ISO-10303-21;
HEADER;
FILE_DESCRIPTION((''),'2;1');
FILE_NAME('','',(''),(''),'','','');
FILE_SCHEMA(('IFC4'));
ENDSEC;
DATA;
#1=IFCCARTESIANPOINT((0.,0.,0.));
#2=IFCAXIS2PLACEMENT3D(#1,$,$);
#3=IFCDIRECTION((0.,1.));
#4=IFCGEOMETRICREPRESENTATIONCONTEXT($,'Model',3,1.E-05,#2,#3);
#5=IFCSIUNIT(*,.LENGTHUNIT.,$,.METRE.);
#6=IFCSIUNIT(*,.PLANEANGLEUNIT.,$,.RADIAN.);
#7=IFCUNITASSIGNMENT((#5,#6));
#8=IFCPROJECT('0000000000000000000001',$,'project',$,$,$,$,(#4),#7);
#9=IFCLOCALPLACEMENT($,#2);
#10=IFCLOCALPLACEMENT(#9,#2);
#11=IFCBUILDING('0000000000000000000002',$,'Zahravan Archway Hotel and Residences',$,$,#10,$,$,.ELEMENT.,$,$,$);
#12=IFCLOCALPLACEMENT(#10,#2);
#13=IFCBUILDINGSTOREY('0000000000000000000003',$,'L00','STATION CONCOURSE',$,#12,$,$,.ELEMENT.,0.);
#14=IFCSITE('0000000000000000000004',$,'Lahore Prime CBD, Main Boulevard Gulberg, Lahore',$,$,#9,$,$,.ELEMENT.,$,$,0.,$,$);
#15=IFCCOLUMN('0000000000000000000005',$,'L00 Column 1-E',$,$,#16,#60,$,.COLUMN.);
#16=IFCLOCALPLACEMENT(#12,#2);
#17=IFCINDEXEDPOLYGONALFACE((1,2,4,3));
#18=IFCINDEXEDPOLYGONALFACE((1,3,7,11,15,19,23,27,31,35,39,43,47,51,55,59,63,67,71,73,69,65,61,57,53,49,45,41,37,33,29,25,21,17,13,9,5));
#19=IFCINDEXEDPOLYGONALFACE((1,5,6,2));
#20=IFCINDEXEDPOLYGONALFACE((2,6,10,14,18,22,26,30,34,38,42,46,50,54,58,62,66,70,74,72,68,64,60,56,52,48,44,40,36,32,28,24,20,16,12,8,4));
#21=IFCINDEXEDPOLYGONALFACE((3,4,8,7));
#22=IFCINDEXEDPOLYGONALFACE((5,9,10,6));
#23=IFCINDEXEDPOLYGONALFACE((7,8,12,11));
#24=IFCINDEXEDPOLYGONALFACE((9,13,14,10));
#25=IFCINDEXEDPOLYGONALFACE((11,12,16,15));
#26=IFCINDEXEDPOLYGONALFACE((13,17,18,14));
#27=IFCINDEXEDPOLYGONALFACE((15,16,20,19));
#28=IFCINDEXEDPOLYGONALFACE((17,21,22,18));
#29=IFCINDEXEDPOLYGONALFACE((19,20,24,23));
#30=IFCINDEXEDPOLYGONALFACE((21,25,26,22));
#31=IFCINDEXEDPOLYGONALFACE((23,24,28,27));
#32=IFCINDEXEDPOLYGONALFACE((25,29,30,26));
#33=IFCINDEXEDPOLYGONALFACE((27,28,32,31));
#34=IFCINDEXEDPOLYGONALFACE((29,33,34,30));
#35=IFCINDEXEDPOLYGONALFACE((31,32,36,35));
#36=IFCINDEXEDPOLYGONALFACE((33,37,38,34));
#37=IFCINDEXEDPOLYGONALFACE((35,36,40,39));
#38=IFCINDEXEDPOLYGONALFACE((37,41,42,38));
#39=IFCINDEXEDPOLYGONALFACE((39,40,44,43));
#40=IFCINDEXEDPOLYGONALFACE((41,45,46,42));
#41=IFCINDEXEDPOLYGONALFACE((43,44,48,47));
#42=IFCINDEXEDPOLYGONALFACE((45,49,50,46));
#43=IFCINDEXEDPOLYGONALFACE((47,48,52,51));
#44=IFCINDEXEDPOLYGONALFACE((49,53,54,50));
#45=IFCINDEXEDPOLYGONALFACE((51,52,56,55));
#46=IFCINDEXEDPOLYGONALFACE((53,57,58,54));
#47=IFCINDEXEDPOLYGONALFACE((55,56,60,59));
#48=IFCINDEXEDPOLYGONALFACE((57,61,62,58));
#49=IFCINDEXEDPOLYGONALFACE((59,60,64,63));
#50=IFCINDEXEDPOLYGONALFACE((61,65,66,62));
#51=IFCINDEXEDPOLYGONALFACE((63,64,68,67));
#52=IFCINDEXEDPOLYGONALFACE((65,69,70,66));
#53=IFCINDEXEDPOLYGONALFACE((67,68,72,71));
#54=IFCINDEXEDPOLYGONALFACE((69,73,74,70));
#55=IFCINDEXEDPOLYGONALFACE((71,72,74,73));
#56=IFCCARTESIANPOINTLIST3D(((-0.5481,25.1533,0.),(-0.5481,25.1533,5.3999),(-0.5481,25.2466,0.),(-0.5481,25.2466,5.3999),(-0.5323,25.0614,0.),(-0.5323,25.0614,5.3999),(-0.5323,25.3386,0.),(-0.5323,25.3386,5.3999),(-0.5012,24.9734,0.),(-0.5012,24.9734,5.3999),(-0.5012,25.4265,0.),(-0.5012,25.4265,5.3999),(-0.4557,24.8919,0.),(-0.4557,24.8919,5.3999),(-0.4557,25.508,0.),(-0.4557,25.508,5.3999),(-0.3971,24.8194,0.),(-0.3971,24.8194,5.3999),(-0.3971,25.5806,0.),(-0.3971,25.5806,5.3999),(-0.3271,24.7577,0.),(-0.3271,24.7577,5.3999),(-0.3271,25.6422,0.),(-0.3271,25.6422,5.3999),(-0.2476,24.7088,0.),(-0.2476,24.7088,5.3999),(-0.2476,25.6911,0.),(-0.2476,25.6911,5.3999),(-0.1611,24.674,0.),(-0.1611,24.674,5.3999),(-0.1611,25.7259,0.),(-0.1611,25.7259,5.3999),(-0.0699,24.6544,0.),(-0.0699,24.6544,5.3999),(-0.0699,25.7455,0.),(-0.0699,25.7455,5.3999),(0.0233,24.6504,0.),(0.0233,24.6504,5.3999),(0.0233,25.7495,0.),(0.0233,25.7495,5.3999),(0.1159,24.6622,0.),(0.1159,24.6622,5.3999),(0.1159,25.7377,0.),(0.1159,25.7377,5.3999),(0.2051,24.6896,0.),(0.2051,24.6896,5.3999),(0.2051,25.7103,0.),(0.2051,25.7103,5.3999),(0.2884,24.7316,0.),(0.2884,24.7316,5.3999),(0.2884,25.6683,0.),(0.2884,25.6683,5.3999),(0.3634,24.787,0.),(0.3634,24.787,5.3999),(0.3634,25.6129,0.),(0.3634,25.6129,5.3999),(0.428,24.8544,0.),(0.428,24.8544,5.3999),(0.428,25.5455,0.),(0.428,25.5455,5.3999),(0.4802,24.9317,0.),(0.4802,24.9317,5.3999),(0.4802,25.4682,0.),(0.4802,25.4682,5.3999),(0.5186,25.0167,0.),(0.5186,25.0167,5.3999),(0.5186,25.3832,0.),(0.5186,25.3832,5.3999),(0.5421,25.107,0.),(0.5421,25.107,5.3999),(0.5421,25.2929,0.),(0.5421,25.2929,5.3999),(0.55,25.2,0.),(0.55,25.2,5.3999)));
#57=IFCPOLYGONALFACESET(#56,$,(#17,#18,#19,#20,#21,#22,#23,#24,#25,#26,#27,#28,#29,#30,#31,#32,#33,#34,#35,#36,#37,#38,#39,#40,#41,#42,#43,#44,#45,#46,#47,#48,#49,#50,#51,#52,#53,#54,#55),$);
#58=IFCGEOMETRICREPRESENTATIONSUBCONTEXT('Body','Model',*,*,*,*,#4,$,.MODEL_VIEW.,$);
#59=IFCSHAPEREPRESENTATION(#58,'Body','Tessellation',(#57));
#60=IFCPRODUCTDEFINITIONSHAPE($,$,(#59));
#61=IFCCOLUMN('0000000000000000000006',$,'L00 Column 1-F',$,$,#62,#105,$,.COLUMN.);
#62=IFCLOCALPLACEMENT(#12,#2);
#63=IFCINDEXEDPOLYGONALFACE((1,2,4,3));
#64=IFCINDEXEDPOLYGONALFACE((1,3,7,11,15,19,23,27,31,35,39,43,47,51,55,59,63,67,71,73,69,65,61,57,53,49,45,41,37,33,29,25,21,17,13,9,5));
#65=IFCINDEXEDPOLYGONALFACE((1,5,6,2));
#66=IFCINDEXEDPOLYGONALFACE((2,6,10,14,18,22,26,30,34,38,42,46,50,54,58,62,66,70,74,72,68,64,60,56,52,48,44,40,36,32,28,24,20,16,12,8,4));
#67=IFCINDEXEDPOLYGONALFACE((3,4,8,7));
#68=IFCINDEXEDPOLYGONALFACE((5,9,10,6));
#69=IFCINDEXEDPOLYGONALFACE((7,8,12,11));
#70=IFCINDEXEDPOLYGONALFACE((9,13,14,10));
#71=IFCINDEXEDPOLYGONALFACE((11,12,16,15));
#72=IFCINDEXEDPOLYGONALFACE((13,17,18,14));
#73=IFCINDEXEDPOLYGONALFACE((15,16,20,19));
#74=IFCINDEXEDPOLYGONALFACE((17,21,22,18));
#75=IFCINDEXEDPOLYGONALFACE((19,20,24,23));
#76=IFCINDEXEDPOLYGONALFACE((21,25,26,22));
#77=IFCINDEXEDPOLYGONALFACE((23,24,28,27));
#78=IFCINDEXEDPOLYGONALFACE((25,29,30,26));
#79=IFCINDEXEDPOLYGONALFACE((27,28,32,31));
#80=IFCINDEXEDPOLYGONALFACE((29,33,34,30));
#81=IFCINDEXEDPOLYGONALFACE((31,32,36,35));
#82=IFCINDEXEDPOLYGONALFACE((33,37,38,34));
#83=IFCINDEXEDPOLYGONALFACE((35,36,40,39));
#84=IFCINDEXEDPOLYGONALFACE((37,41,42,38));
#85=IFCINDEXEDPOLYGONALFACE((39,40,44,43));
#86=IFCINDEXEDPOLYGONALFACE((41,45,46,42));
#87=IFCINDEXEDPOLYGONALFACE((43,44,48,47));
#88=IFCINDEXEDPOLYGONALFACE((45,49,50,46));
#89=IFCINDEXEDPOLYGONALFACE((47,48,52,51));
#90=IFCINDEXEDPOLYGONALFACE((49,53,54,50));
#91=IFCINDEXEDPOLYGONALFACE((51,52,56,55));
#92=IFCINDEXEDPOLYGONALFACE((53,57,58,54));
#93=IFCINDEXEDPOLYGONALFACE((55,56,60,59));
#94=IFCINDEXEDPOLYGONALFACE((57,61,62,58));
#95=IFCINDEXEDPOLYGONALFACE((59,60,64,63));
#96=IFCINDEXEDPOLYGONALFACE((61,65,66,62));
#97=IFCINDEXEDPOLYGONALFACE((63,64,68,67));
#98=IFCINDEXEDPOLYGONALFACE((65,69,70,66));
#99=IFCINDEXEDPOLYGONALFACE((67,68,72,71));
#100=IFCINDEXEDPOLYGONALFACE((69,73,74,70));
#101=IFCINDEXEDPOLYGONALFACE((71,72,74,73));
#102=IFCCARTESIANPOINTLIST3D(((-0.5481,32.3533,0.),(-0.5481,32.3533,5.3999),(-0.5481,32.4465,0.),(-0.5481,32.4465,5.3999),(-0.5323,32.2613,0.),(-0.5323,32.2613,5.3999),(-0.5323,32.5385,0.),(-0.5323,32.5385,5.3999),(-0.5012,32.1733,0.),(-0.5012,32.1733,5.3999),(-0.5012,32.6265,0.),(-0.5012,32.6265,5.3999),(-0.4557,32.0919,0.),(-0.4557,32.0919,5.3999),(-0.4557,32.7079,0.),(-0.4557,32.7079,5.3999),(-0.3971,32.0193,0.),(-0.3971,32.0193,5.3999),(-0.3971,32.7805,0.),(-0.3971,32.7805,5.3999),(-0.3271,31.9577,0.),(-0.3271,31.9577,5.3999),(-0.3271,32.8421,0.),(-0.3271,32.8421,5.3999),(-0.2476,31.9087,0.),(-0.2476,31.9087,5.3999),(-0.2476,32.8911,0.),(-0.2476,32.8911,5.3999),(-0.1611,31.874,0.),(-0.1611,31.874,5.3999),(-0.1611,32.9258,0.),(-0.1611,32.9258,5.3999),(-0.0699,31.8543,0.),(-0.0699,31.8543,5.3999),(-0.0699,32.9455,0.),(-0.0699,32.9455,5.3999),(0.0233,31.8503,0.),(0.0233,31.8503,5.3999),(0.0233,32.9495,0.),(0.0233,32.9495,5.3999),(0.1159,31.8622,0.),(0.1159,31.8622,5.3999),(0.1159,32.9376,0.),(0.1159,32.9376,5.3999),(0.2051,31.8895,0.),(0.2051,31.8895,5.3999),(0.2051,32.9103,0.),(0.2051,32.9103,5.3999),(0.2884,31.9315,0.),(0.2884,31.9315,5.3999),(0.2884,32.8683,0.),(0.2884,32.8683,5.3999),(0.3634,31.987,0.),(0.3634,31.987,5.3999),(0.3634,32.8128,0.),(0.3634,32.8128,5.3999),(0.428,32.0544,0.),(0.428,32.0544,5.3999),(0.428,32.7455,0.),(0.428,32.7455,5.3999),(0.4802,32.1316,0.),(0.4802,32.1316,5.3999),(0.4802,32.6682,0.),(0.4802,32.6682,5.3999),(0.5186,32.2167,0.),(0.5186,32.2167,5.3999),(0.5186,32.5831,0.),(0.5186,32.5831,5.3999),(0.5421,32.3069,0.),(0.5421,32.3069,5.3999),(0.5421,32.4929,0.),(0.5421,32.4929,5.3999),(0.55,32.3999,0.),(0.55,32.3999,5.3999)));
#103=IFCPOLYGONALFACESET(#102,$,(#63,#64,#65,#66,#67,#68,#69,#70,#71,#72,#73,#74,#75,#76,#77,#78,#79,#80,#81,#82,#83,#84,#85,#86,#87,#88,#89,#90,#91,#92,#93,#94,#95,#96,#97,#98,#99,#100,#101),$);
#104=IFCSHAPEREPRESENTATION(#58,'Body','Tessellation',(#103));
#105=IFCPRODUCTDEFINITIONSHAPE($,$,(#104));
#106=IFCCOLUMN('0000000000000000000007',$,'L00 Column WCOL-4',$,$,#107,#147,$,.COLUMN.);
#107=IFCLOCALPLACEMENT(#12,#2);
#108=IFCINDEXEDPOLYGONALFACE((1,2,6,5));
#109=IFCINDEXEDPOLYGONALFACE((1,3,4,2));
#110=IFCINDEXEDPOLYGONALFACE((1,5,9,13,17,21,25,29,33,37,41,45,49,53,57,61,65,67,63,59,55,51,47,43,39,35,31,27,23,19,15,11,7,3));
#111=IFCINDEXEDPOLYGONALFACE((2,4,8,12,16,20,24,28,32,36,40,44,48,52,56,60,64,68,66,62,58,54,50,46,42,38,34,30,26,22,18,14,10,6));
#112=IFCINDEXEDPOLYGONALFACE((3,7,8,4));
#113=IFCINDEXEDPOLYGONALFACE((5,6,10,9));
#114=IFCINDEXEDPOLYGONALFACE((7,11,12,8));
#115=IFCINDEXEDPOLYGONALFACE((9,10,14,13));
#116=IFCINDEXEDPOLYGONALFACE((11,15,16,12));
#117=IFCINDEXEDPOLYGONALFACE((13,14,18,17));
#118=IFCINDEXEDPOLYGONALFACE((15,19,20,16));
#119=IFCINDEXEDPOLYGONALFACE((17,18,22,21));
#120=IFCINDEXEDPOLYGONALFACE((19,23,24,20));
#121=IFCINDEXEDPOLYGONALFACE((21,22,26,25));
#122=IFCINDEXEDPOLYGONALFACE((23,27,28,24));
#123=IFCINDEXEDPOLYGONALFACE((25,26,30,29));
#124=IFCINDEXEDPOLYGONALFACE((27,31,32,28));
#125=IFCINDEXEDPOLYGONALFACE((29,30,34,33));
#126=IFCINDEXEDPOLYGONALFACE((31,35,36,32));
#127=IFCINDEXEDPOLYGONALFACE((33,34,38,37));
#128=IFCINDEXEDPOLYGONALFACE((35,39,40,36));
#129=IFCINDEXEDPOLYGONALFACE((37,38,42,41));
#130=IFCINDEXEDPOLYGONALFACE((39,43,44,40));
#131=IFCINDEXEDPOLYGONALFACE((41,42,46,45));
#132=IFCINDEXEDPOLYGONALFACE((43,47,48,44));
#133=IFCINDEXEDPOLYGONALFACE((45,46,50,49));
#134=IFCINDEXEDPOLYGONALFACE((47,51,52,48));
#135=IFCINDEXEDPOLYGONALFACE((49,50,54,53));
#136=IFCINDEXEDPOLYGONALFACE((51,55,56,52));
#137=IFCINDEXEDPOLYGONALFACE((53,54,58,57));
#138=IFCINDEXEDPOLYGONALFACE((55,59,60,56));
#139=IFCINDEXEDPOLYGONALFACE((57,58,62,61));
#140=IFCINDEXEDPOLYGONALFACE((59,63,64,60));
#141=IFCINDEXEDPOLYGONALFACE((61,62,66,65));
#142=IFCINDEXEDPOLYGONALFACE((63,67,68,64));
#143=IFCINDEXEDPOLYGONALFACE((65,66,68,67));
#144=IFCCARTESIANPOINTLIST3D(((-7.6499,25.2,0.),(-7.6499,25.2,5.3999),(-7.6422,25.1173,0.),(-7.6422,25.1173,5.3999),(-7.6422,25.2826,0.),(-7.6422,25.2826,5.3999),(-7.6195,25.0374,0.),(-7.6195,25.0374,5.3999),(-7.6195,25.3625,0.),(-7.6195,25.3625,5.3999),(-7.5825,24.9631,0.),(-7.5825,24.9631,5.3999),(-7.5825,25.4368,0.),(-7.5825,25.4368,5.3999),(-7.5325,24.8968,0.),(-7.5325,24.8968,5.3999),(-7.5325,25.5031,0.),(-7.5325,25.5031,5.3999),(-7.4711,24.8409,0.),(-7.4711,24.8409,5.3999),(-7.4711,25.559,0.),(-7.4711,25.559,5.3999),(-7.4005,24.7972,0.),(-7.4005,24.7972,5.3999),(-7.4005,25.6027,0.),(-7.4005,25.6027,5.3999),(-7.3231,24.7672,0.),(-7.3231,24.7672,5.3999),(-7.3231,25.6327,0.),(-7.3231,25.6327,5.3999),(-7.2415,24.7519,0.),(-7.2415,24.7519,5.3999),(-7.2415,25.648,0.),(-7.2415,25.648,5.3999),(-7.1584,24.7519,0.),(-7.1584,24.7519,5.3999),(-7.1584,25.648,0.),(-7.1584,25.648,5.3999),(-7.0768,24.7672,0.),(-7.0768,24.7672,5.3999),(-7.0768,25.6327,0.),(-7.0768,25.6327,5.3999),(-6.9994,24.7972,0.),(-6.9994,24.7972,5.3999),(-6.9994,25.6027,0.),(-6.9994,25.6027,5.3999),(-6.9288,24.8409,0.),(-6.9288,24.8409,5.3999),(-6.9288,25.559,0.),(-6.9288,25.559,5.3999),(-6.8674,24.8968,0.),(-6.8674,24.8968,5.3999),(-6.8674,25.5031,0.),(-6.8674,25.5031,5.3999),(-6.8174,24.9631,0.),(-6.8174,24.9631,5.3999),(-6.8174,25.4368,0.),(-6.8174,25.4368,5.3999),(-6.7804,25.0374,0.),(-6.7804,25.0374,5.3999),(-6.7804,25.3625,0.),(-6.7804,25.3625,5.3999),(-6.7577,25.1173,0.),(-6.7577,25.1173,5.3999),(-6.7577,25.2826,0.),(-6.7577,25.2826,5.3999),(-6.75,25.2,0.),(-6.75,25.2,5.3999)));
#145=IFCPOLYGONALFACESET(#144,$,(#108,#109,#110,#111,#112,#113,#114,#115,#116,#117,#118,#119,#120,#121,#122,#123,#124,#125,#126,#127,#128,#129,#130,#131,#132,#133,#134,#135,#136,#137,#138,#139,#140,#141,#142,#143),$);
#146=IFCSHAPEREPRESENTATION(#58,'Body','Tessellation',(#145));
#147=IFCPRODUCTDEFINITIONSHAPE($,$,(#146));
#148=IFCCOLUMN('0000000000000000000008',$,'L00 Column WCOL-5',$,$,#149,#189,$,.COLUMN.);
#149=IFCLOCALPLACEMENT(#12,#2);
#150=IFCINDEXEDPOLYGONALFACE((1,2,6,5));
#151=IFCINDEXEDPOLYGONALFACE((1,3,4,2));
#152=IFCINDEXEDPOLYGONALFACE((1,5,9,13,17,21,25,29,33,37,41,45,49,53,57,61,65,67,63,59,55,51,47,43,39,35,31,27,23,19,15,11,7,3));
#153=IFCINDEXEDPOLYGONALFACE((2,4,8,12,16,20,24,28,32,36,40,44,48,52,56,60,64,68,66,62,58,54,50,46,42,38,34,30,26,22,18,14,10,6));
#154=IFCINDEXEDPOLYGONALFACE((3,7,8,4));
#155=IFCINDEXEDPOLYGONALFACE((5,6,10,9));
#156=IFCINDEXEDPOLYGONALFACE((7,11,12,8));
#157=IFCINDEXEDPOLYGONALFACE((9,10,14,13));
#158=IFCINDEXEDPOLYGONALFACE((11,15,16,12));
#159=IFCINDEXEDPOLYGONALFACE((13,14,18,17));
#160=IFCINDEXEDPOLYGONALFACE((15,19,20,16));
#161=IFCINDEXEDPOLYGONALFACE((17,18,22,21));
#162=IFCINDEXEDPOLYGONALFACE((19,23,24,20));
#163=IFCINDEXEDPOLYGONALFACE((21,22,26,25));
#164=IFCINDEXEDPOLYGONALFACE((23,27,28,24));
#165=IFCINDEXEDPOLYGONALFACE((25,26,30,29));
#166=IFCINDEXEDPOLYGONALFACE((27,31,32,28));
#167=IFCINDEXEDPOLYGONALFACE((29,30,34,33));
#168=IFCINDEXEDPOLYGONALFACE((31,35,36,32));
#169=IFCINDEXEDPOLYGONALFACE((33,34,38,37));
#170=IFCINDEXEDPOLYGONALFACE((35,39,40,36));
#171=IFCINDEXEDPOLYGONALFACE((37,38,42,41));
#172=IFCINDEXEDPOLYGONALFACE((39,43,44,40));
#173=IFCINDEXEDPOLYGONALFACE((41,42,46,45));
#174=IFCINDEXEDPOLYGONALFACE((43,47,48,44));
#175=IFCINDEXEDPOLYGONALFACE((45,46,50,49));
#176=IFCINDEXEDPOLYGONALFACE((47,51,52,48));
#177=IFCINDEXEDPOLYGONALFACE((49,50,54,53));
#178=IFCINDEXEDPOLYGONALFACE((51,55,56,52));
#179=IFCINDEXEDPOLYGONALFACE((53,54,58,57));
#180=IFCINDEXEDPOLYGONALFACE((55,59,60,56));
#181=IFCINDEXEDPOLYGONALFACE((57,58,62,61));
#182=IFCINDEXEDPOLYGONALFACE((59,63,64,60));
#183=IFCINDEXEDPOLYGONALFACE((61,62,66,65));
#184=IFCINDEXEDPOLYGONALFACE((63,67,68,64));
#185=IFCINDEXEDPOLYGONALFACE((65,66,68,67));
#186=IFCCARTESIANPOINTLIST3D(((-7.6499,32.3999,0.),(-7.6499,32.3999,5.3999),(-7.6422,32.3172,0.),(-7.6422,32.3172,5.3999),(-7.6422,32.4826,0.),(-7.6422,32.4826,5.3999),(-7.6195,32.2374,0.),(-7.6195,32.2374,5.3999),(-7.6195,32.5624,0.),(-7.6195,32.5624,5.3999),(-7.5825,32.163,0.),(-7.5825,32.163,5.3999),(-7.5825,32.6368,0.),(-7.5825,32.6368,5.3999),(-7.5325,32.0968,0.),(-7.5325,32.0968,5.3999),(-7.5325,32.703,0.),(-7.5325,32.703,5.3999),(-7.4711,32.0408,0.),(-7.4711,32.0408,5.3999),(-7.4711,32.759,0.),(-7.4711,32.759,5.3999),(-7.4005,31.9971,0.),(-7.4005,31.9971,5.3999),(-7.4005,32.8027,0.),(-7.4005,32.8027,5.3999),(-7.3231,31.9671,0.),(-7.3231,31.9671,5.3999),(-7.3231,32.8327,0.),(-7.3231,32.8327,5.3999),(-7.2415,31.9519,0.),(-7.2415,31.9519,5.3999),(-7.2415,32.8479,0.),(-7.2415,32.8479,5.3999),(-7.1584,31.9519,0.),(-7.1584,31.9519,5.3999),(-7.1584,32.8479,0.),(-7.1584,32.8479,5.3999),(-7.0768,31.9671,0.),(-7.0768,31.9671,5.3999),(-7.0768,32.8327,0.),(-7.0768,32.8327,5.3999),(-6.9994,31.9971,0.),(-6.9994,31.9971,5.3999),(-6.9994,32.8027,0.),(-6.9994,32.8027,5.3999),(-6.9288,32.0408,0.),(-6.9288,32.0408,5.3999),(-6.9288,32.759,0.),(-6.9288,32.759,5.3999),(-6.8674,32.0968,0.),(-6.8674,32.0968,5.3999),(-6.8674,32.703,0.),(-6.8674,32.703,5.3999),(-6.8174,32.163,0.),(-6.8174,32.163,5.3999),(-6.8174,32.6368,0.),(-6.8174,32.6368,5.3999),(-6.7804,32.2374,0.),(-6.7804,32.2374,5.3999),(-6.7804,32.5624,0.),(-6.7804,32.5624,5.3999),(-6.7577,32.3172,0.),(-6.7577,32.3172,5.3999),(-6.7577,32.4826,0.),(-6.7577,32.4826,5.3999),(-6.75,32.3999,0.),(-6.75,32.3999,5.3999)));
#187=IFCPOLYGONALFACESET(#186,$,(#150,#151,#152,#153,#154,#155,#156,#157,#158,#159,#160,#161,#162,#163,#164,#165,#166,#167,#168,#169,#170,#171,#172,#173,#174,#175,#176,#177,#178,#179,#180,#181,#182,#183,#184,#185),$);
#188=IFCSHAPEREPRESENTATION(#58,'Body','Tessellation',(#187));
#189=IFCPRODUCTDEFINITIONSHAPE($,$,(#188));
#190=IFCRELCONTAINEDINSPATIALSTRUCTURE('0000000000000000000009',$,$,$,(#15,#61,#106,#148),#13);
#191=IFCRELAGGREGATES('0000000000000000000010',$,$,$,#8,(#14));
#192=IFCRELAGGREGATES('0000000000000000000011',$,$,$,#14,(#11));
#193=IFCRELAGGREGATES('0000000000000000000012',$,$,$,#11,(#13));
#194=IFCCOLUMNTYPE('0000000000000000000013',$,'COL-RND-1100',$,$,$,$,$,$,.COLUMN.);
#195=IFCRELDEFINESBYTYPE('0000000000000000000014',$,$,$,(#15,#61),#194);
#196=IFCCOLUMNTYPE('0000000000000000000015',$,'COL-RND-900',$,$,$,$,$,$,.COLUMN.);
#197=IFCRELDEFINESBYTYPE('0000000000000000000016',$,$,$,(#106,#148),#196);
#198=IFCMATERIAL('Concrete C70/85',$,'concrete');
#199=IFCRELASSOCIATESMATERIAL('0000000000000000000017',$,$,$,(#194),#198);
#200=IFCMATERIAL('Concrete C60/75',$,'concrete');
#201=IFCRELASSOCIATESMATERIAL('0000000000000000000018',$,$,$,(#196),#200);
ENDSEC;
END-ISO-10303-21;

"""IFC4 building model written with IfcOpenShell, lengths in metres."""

from ifc_helpers import new_model, si_unit, direction, frame, origin, origin_2d, place, context, subcontext, project, spatial, circle, extrude, source, transform, mapped, material, material_profile, profile_set, type_object, type_shapes, element, save


model = new_model("IFC4")

# Units and contexts
model_context = context("Model", 3, precision=1e-05, world=origin(), true_north=direction((0.0, 1.0)))
body_context = subcontext(model_context, "Body", "Model", "MODEL_VIEW")
ifc_project = project(units=[si_unit("LENGTHUNIT", "METRE"), si_unit("PLANEANGLEUNIT", "RADIAN")], contexts=[model_context])

# Site, building, storey
site_placement = place(None, origin())
site = spatial("IfcSite", under=ifc_project, at=site_placement, Name="Lahore Prime CBD, Main Boulevard Gulberg, Lahore", CompositionType="ELEMENT", RefElevation=0.0)
building_placement = place(site_placement, origin())
building = spatial("IfcBuilding", under=site, at=building_placement, Name="Zahravan Archway Hotel and Residences", CompositionType="ELEMENT")
storey_placement = place(building_placement, origin())
storey = spatial("IfcBuildingStorey", under=building, at=storey_placement, Name="L00", Description="STATION CONCOURSE", CompositionType="ELEMENT", Elevation=0.0)

# Columns
ifc_material_1 = material(Name="Concrete C70/85", Category="concrete")
ifc_material_profile_1 = material_profile(ifc_material_1, circle(Radius=0.55, at=origin_2d()), Name="RC-CIRC-1100", Category="concrete")
ifc_profile_set_1 = profile_set([ifc_material_profile_1], Name="Concrete C70/85")
column_type_1 = type_object("IfcColumnType", Name="COL-RND-1100", PredefinedType="COLUMN", material=ifc_profile_set_1)
shared_shape_1 = source(origin(), body_context, "Body", "SweptSolid", [
    extrude(circle(Radius=0.55, at=origin_2d()), origin(), (0.0, 0.0, 1.0), 5.3999),
])
type_shapes(column_type_1, [shared_shape_1])
for number, where, z_axis, x_axis, name in (
    (1, (0.0, 25.2, 0.0), (0.0, 0.0, 1.0), (1.0, 0.0, 0.0), "L00 Column 1-E"),
    (2, (0.0, 32.3999, 0.0), (0.0, 0.0, 1.0), (1.0, 0.0, 0.0), "L00 Column 1-F"),
):
    element("IfcColumn", number, at=place(storey_placement, frame(where, z_axis=z_axis, x_axis=x_axis)), inside=storey, type_object=column_type_1, Name=name, PredefinedType="COLUMN", context=body_context, shape_type="MappedRepresentation", body=[
        mapped(shared_shape_1, transform((0.0, 0.0, 0.0), scale=1.0)),
    ])
ifc_material_2 = material(Name="Concrete C60/75", Category="concrete")
ifc_material_profile_2 = material_profile(ifc_material_2, circle(Radius=0.45, at=origin_2d()), Name="RC-CIRC-900", Category="concrete")
ifc_profile_set_2 = profile_set([ifc_material_profile_2], Name="Concrete C60/75")
column_type_2 = type_object("IfcColumnType", Name="COL-RND-900", PredefinedType="COLUMN", material=ifc_profile_set_2)
shared_shape_2 = source(origin(), body_context, "Body", "SweptSolid", [
    extrude(circle(Radius=0.45, at=origin_2d()), origin(), (0.0, 0.0, 1.0), 5.3999),
])
type_shapes(column_type_2, [shared_shape_2])
for number, where, z_axis, x_axis, name in (
    (3, (-7.2, 25.2, 0.0), (0.0, 0.0, 1.0), (1.0, 0.0, 0.0), "L00 Column WCOL-4"),
    (4, (-7.2, 32.3999, 0.0), (0.0, 0.0, 1.0), (1.0, 0.0, 0.0), "L00 Column WCOL-5"),
):
    element("IfcColumn", number, at=place(storey_placement, frame(where, z_axis=z_axis, x_axis=x_axis)), inside=storey, type_object=column_type_2, Name=name, PredefinedType="COLUMN", context=body_context, shape_type="MappedRepresentation", body=[
        mapped(shared_shape_2, transform((0.0, 0.0, 0.0), scale=1.0)),
    ])

save(model, "model.ifc")
